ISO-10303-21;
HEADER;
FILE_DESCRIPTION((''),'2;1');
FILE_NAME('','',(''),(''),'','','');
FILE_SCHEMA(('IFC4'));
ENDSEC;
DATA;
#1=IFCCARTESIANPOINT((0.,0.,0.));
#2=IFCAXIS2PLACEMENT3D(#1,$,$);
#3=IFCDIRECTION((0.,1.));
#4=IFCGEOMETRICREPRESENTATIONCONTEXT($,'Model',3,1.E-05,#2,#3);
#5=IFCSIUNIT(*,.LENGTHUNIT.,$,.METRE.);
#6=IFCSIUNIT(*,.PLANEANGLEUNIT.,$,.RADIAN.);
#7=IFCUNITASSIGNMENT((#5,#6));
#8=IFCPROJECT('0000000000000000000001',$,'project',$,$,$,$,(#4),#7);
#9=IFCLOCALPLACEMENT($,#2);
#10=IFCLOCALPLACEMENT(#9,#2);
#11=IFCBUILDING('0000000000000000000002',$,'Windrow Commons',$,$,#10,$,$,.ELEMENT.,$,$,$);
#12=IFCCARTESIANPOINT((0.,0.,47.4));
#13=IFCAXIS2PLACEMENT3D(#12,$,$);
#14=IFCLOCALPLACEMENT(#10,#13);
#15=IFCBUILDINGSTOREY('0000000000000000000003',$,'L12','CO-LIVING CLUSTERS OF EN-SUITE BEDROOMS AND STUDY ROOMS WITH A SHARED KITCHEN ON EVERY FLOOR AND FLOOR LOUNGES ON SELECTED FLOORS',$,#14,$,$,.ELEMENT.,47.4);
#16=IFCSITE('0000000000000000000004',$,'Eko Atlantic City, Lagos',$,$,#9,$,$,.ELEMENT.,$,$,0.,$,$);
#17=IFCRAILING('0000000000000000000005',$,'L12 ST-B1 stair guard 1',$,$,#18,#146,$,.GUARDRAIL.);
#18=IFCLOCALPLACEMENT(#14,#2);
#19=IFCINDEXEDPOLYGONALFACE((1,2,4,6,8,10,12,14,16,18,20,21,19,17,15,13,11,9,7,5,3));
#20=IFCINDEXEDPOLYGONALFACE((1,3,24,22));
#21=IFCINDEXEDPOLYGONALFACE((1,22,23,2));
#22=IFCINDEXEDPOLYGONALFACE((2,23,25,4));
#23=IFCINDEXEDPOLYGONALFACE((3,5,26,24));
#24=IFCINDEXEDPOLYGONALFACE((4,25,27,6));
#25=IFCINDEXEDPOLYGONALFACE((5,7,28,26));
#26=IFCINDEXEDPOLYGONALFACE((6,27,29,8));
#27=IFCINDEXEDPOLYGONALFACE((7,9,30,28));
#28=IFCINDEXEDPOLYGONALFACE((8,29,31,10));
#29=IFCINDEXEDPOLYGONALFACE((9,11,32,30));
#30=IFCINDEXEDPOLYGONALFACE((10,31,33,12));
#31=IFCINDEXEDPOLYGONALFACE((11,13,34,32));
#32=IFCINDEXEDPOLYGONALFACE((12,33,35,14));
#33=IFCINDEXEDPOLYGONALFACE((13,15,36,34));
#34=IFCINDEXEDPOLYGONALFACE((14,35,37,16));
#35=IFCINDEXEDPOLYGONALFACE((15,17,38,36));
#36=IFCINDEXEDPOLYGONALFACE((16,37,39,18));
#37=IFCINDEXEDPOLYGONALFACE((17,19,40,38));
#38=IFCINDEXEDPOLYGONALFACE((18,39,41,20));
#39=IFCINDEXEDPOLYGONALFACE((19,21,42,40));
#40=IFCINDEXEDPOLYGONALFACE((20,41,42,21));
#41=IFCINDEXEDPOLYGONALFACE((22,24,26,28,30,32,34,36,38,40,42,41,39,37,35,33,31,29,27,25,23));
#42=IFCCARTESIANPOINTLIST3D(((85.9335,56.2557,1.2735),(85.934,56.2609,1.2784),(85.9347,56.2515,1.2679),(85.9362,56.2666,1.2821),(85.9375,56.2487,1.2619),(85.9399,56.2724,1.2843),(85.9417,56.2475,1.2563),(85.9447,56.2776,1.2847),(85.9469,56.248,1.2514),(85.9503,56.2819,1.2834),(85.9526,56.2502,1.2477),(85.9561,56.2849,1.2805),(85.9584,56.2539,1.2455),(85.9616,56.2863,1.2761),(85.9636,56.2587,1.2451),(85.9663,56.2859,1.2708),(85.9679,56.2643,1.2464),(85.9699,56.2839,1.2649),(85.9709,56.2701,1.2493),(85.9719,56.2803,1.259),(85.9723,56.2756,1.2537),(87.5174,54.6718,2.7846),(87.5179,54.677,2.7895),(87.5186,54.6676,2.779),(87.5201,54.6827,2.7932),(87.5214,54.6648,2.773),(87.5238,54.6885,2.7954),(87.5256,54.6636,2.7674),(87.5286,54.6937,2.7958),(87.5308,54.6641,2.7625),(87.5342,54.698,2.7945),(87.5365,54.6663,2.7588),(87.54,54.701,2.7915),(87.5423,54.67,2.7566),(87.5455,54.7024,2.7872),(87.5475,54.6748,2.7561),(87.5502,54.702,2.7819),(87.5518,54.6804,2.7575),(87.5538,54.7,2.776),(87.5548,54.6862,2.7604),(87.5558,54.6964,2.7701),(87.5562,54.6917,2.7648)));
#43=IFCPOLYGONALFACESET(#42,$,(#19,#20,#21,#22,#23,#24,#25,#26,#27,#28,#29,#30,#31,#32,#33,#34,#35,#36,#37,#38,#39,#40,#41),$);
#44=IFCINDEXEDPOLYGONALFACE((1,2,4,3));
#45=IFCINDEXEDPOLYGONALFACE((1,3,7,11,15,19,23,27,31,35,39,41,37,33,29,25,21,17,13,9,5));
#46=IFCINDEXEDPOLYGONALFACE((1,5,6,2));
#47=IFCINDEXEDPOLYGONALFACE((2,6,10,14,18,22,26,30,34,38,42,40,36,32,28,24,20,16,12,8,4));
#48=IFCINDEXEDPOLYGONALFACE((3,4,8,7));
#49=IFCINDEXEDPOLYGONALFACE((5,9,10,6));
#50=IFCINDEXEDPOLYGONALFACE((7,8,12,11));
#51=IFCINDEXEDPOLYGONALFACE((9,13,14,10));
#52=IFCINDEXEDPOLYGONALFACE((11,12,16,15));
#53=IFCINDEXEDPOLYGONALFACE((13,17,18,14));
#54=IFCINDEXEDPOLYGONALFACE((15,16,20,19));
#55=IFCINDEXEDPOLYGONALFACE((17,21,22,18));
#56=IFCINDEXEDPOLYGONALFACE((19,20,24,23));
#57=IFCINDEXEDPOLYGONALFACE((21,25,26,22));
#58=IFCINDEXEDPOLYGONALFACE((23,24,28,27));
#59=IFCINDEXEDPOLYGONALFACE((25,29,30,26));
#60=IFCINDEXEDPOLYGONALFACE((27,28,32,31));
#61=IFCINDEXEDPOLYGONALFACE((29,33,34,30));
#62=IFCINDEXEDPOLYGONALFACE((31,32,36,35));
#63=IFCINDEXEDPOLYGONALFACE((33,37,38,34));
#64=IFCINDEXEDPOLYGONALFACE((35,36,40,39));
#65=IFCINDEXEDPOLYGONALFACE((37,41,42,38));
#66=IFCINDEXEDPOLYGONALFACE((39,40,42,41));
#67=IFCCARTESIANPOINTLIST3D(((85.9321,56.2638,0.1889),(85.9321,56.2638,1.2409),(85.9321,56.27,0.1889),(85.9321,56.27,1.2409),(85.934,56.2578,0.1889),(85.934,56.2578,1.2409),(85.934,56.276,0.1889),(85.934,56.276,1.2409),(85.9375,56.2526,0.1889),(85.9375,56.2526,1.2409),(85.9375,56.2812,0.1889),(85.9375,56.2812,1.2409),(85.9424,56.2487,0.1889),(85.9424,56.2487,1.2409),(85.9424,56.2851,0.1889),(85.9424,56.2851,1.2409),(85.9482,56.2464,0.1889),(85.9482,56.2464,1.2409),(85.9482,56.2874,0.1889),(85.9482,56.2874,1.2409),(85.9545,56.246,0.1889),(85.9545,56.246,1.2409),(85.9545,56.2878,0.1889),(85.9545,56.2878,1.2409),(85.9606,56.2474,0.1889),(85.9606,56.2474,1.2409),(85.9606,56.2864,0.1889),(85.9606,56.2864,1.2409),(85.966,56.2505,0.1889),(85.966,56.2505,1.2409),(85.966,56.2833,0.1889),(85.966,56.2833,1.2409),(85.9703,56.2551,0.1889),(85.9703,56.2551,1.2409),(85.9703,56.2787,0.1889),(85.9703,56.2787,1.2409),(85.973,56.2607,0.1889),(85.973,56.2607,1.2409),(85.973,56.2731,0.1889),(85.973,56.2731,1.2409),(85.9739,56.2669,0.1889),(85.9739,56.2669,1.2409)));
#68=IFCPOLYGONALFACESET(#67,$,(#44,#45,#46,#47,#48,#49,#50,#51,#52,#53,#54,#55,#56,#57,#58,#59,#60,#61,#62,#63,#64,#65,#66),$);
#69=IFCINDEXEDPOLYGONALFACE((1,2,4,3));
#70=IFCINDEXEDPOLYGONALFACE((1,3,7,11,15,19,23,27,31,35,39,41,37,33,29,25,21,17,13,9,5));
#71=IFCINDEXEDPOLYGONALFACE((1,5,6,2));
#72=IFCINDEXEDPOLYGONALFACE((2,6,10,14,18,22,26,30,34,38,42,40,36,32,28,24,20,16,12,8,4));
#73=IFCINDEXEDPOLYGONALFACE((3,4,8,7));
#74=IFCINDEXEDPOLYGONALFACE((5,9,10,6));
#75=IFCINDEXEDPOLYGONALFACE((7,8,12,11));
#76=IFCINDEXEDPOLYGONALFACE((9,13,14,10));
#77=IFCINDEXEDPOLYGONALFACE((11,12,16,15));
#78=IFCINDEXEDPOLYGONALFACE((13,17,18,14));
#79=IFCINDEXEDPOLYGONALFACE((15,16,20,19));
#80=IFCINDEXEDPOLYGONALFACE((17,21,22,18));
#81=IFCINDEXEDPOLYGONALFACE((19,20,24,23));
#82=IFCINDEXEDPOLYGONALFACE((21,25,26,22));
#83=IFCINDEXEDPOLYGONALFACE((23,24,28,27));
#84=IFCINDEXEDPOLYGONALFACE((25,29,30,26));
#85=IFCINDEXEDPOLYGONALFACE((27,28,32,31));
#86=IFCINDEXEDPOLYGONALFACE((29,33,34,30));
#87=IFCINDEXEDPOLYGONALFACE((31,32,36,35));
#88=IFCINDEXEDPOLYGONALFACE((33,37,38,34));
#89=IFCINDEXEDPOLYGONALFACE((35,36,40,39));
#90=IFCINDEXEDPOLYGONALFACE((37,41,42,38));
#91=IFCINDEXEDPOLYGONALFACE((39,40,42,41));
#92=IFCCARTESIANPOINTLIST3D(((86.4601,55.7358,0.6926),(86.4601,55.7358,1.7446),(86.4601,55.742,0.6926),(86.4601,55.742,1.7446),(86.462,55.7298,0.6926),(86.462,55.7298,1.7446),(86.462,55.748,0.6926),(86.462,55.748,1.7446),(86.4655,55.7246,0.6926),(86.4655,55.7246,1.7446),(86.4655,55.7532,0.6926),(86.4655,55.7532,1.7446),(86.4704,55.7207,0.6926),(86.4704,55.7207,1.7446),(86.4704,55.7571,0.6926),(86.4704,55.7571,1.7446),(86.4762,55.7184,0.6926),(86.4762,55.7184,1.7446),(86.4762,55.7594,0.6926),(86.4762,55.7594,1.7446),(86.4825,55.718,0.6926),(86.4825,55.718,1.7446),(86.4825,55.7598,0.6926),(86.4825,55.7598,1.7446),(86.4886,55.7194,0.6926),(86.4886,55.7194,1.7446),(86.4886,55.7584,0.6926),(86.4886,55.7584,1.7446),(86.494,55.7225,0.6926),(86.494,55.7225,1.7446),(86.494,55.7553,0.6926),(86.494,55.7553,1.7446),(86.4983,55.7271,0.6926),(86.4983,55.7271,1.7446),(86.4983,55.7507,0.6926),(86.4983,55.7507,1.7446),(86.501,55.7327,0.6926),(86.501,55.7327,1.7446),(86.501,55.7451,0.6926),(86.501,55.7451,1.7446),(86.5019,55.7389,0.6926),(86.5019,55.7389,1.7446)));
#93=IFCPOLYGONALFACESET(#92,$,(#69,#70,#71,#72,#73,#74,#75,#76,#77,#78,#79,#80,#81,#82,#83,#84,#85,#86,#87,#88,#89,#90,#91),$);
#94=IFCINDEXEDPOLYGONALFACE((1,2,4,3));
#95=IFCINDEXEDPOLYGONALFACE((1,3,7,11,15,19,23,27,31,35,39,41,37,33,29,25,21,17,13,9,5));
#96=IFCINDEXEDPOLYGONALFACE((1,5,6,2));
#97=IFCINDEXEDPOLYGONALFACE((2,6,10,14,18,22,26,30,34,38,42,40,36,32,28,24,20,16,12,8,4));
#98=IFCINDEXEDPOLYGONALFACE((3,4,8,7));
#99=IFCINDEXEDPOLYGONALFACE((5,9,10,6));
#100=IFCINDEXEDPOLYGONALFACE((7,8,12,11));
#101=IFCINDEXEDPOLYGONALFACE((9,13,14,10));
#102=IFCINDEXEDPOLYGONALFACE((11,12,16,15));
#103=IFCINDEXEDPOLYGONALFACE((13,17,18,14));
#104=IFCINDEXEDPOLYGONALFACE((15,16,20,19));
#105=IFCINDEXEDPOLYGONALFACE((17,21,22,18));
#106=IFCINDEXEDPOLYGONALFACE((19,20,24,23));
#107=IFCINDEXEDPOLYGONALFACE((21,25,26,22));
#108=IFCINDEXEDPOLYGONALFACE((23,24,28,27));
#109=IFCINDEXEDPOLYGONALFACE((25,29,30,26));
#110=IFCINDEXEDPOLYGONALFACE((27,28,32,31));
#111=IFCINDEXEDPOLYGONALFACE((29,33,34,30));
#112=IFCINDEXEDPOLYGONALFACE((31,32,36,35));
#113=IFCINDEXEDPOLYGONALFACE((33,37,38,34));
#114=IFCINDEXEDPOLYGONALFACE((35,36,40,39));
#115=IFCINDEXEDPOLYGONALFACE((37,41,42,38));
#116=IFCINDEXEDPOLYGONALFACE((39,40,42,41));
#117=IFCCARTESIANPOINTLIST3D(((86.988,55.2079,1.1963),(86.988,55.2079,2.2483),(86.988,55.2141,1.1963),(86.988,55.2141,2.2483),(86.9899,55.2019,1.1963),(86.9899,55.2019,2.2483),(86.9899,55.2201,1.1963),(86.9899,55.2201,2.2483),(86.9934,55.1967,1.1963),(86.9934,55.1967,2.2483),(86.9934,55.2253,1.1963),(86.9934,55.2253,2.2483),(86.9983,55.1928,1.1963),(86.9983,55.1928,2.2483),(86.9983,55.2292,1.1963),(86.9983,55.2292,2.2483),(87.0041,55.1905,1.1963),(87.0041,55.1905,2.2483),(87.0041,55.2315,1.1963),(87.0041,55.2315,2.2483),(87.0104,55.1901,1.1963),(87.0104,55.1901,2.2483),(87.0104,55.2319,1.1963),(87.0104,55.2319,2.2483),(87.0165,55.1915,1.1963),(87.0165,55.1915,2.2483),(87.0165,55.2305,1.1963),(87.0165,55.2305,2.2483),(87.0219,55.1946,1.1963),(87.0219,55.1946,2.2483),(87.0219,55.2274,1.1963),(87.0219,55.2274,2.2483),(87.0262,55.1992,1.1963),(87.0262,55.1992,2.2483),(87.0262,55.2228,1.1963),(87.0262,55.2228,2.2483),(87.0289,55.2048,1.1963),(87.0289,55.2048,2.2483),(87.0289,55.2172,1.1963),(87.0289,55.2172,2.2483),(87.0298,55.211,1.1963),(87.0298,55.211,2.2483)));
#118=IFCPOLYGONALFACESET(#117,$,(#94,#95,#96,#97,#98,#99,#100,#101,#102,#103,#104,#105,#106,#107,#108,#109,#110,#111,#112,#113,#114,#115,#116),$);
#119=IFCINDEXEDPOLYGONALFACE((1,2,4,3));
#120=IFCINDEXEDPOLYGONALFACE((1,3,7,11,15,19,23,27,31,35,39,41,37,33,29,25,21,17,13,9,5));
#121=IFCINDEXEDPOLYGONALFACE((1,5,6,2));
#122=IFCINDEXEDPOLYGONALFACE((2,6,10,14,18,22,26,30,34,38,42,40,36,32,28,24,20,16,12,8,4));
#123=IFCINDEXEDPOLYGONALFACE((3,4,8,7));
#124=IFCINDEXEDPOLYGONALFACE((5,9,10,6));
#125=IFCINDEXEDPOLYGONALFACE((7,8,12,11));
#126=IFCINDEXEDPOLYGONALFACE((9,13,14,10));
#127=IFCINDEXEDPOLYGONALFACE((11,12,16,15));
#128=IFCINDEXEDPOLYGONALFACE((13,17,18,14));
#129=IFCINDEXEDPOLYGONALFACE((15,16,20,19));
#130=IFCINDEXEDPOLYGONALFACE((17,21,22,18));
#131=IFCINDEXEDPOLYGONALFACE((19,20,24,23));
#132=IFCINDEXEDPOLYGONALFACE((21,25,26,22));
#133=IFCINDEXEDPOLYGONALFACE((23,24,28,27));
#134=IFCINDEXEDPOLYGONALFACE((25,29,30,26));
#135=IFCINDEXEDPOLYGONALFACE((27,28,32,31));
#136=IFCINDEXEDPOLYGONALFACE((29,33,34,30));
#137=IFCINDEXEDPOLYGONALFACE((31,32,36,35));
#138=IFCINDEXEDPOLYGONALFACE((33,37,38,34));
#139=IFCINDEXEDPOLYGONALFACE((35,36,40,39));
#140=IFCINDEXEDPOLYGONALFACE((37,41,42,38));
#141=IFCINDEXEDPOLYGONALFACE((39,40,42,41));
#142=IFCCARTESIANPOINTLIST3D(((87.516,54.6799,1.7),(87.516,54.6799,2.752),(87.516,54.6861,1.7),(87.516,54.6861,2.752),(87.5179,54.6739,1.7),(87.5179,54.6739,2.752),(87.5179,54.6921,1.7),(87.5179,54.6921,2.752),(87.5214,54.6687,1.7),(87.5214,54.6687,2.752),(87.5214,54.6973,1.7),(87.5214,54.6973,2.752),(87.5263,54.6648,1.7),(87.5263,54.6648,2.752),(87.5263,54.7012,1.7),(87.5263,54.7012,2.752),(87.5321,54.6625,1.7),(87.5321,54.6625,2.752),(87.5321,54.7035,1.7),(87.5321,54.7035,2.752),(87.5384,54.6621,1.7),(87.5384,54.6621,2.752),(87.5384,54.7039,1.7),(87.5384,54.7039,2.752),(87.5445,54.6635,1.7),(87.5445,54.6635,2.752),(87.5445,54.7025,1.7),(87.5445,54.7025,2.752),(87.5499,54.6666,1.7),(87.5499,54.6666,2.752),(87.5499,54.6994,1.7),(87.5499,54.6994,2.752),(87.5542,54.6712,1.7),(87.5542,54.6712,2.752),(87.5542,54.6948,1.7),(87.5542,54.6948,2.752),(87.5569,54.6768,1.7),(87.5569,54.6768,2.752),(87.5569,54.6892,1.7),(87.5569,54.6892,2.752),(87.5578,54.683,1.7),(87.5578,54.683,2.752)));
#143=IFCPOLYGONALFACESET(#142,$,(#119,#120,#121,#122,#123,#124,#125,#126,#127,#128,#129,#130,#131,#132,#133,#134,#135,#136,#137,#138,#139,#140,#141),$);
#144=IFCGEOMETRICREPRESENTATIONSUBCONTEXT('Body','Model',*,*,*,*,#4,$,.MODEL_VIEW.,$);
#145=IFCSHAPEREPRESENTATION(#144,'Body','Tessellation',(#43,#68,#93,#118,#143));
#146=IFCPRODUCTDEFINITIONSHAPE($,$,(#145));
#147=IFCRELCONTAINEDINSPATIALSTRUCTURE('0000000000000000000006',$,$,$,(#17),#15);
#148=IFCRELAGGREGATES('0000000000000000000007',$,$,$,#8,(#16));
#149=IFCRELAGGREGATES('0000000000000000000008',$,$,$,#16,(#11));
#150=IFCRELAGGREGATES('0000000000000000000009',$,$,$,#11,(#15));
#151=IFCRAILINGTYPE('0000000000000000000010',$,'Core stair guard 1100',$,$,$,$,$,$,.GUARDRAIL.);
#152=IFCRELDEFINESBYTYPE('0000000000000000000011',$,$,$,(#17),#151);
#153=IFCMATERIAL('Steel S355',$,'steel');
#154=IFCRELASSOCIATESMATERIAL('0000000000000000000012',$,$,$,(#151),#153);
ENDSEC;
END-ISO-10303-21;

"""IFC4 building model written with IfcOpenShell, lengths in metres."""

from ifc_helpers import new_model, si_unit, direction, frame, origin, origin_2d, place, context, subcontext, project, spatial, circle, extrude, material, type_object, element, save


model = new_model("IFC4")

# Units and contexts
model_context = context("Model", 3, precision=1e-05, world=origin(), true_north=direction((0.0, 1.0)))
body_context = subcontext(model_context, "Body", "Model", "MODEL_VIEW")
ifc_project = project(units=[si_unit("LENGTHUNIT", "METRE"), si_unit("PLANEANGLEUNIT", "RADIAN")], contexts=[model_context])

# Site, building, storey
site_placement = place(None, origin())
site = spatial("IfcSite", under=ifc_project, at=site_placement, Name="Eko Atlantic City, Lagos", CompositionType="ELEMENT", RefElevation=0.0)
building_placement = place(site_placement, origin())
building = spatial("IfcBuilding", under=site, at=building_placement, Name="Windrow Commons", CompositionType="ELEMENT")
storey_placement = place(building_placement, frame((0.0, 0.0, 47.4)))
storey = spatial("IfcBuildingStorey", under=building, at=storey_placement, Name="L12", Description="CO-LIVING CLUSTERS OF EN-SUITE BEDROOMS AND STUDY ROOMS WITH A SHARED KITCHEN ON EVERY FLOOR AND FLOOR LOUNGES ON SELECTED FLOORS", CompositionType="ELEMENT", Elevation=47.4)

# Railing
ifc_material_1 = material(Name="Steel S355", Category="steel")
railing_type_1 = type_object("IfcRailingType", Name="Core stair guard 1100", PredefinedType="GUARDRAIL", material=ifc_material_1)
railing_1_placement = place(storey_placement, frame((85.9529, 56.2669, 0.1889)))
element("IfcRailing", 1, at=railing_1_placement, inside=storey, type_object=railing_type_1, Name="L12 ST-B1 stair guard 1", PredefinedType="GUARDRAIL", context=body_context, shape_type="SweptSolid", body=[
    extrude(circle(Radius=0.024, at=origin_2d()), frame((0.0, 0.0, 1.076), z_axis=(0.586191, -0.586191, 0.559249), x_axis=(0.707107, 0.707107, 0.0)), (0.0, 0.0, 1.0), 2.702),
    extrude(circle(Radius=0.021, at=origin_2d()), origin(), (0.0, 0.0, 1.0), 1.052),
    extrude(circle(Radius=0.021, at=origin_2d()), frame((0.528, -0.528, 0.5037)), (0.0, 0.0, 1.0), 1.052),
    extrude(circle(Radius=0.021, at=origin_2d()), frame((1.0559, -1.0559, 1.0074)), (0.0, 0.0, 1.0), 1.052),
    extrude(circle(Radius=0.021, at=origin_2d()), frame((1.5839, -1.5839, 1.5111)), (0.0, 0.0, 1.0), 1.052),
])

save(model, "model.ifc")
